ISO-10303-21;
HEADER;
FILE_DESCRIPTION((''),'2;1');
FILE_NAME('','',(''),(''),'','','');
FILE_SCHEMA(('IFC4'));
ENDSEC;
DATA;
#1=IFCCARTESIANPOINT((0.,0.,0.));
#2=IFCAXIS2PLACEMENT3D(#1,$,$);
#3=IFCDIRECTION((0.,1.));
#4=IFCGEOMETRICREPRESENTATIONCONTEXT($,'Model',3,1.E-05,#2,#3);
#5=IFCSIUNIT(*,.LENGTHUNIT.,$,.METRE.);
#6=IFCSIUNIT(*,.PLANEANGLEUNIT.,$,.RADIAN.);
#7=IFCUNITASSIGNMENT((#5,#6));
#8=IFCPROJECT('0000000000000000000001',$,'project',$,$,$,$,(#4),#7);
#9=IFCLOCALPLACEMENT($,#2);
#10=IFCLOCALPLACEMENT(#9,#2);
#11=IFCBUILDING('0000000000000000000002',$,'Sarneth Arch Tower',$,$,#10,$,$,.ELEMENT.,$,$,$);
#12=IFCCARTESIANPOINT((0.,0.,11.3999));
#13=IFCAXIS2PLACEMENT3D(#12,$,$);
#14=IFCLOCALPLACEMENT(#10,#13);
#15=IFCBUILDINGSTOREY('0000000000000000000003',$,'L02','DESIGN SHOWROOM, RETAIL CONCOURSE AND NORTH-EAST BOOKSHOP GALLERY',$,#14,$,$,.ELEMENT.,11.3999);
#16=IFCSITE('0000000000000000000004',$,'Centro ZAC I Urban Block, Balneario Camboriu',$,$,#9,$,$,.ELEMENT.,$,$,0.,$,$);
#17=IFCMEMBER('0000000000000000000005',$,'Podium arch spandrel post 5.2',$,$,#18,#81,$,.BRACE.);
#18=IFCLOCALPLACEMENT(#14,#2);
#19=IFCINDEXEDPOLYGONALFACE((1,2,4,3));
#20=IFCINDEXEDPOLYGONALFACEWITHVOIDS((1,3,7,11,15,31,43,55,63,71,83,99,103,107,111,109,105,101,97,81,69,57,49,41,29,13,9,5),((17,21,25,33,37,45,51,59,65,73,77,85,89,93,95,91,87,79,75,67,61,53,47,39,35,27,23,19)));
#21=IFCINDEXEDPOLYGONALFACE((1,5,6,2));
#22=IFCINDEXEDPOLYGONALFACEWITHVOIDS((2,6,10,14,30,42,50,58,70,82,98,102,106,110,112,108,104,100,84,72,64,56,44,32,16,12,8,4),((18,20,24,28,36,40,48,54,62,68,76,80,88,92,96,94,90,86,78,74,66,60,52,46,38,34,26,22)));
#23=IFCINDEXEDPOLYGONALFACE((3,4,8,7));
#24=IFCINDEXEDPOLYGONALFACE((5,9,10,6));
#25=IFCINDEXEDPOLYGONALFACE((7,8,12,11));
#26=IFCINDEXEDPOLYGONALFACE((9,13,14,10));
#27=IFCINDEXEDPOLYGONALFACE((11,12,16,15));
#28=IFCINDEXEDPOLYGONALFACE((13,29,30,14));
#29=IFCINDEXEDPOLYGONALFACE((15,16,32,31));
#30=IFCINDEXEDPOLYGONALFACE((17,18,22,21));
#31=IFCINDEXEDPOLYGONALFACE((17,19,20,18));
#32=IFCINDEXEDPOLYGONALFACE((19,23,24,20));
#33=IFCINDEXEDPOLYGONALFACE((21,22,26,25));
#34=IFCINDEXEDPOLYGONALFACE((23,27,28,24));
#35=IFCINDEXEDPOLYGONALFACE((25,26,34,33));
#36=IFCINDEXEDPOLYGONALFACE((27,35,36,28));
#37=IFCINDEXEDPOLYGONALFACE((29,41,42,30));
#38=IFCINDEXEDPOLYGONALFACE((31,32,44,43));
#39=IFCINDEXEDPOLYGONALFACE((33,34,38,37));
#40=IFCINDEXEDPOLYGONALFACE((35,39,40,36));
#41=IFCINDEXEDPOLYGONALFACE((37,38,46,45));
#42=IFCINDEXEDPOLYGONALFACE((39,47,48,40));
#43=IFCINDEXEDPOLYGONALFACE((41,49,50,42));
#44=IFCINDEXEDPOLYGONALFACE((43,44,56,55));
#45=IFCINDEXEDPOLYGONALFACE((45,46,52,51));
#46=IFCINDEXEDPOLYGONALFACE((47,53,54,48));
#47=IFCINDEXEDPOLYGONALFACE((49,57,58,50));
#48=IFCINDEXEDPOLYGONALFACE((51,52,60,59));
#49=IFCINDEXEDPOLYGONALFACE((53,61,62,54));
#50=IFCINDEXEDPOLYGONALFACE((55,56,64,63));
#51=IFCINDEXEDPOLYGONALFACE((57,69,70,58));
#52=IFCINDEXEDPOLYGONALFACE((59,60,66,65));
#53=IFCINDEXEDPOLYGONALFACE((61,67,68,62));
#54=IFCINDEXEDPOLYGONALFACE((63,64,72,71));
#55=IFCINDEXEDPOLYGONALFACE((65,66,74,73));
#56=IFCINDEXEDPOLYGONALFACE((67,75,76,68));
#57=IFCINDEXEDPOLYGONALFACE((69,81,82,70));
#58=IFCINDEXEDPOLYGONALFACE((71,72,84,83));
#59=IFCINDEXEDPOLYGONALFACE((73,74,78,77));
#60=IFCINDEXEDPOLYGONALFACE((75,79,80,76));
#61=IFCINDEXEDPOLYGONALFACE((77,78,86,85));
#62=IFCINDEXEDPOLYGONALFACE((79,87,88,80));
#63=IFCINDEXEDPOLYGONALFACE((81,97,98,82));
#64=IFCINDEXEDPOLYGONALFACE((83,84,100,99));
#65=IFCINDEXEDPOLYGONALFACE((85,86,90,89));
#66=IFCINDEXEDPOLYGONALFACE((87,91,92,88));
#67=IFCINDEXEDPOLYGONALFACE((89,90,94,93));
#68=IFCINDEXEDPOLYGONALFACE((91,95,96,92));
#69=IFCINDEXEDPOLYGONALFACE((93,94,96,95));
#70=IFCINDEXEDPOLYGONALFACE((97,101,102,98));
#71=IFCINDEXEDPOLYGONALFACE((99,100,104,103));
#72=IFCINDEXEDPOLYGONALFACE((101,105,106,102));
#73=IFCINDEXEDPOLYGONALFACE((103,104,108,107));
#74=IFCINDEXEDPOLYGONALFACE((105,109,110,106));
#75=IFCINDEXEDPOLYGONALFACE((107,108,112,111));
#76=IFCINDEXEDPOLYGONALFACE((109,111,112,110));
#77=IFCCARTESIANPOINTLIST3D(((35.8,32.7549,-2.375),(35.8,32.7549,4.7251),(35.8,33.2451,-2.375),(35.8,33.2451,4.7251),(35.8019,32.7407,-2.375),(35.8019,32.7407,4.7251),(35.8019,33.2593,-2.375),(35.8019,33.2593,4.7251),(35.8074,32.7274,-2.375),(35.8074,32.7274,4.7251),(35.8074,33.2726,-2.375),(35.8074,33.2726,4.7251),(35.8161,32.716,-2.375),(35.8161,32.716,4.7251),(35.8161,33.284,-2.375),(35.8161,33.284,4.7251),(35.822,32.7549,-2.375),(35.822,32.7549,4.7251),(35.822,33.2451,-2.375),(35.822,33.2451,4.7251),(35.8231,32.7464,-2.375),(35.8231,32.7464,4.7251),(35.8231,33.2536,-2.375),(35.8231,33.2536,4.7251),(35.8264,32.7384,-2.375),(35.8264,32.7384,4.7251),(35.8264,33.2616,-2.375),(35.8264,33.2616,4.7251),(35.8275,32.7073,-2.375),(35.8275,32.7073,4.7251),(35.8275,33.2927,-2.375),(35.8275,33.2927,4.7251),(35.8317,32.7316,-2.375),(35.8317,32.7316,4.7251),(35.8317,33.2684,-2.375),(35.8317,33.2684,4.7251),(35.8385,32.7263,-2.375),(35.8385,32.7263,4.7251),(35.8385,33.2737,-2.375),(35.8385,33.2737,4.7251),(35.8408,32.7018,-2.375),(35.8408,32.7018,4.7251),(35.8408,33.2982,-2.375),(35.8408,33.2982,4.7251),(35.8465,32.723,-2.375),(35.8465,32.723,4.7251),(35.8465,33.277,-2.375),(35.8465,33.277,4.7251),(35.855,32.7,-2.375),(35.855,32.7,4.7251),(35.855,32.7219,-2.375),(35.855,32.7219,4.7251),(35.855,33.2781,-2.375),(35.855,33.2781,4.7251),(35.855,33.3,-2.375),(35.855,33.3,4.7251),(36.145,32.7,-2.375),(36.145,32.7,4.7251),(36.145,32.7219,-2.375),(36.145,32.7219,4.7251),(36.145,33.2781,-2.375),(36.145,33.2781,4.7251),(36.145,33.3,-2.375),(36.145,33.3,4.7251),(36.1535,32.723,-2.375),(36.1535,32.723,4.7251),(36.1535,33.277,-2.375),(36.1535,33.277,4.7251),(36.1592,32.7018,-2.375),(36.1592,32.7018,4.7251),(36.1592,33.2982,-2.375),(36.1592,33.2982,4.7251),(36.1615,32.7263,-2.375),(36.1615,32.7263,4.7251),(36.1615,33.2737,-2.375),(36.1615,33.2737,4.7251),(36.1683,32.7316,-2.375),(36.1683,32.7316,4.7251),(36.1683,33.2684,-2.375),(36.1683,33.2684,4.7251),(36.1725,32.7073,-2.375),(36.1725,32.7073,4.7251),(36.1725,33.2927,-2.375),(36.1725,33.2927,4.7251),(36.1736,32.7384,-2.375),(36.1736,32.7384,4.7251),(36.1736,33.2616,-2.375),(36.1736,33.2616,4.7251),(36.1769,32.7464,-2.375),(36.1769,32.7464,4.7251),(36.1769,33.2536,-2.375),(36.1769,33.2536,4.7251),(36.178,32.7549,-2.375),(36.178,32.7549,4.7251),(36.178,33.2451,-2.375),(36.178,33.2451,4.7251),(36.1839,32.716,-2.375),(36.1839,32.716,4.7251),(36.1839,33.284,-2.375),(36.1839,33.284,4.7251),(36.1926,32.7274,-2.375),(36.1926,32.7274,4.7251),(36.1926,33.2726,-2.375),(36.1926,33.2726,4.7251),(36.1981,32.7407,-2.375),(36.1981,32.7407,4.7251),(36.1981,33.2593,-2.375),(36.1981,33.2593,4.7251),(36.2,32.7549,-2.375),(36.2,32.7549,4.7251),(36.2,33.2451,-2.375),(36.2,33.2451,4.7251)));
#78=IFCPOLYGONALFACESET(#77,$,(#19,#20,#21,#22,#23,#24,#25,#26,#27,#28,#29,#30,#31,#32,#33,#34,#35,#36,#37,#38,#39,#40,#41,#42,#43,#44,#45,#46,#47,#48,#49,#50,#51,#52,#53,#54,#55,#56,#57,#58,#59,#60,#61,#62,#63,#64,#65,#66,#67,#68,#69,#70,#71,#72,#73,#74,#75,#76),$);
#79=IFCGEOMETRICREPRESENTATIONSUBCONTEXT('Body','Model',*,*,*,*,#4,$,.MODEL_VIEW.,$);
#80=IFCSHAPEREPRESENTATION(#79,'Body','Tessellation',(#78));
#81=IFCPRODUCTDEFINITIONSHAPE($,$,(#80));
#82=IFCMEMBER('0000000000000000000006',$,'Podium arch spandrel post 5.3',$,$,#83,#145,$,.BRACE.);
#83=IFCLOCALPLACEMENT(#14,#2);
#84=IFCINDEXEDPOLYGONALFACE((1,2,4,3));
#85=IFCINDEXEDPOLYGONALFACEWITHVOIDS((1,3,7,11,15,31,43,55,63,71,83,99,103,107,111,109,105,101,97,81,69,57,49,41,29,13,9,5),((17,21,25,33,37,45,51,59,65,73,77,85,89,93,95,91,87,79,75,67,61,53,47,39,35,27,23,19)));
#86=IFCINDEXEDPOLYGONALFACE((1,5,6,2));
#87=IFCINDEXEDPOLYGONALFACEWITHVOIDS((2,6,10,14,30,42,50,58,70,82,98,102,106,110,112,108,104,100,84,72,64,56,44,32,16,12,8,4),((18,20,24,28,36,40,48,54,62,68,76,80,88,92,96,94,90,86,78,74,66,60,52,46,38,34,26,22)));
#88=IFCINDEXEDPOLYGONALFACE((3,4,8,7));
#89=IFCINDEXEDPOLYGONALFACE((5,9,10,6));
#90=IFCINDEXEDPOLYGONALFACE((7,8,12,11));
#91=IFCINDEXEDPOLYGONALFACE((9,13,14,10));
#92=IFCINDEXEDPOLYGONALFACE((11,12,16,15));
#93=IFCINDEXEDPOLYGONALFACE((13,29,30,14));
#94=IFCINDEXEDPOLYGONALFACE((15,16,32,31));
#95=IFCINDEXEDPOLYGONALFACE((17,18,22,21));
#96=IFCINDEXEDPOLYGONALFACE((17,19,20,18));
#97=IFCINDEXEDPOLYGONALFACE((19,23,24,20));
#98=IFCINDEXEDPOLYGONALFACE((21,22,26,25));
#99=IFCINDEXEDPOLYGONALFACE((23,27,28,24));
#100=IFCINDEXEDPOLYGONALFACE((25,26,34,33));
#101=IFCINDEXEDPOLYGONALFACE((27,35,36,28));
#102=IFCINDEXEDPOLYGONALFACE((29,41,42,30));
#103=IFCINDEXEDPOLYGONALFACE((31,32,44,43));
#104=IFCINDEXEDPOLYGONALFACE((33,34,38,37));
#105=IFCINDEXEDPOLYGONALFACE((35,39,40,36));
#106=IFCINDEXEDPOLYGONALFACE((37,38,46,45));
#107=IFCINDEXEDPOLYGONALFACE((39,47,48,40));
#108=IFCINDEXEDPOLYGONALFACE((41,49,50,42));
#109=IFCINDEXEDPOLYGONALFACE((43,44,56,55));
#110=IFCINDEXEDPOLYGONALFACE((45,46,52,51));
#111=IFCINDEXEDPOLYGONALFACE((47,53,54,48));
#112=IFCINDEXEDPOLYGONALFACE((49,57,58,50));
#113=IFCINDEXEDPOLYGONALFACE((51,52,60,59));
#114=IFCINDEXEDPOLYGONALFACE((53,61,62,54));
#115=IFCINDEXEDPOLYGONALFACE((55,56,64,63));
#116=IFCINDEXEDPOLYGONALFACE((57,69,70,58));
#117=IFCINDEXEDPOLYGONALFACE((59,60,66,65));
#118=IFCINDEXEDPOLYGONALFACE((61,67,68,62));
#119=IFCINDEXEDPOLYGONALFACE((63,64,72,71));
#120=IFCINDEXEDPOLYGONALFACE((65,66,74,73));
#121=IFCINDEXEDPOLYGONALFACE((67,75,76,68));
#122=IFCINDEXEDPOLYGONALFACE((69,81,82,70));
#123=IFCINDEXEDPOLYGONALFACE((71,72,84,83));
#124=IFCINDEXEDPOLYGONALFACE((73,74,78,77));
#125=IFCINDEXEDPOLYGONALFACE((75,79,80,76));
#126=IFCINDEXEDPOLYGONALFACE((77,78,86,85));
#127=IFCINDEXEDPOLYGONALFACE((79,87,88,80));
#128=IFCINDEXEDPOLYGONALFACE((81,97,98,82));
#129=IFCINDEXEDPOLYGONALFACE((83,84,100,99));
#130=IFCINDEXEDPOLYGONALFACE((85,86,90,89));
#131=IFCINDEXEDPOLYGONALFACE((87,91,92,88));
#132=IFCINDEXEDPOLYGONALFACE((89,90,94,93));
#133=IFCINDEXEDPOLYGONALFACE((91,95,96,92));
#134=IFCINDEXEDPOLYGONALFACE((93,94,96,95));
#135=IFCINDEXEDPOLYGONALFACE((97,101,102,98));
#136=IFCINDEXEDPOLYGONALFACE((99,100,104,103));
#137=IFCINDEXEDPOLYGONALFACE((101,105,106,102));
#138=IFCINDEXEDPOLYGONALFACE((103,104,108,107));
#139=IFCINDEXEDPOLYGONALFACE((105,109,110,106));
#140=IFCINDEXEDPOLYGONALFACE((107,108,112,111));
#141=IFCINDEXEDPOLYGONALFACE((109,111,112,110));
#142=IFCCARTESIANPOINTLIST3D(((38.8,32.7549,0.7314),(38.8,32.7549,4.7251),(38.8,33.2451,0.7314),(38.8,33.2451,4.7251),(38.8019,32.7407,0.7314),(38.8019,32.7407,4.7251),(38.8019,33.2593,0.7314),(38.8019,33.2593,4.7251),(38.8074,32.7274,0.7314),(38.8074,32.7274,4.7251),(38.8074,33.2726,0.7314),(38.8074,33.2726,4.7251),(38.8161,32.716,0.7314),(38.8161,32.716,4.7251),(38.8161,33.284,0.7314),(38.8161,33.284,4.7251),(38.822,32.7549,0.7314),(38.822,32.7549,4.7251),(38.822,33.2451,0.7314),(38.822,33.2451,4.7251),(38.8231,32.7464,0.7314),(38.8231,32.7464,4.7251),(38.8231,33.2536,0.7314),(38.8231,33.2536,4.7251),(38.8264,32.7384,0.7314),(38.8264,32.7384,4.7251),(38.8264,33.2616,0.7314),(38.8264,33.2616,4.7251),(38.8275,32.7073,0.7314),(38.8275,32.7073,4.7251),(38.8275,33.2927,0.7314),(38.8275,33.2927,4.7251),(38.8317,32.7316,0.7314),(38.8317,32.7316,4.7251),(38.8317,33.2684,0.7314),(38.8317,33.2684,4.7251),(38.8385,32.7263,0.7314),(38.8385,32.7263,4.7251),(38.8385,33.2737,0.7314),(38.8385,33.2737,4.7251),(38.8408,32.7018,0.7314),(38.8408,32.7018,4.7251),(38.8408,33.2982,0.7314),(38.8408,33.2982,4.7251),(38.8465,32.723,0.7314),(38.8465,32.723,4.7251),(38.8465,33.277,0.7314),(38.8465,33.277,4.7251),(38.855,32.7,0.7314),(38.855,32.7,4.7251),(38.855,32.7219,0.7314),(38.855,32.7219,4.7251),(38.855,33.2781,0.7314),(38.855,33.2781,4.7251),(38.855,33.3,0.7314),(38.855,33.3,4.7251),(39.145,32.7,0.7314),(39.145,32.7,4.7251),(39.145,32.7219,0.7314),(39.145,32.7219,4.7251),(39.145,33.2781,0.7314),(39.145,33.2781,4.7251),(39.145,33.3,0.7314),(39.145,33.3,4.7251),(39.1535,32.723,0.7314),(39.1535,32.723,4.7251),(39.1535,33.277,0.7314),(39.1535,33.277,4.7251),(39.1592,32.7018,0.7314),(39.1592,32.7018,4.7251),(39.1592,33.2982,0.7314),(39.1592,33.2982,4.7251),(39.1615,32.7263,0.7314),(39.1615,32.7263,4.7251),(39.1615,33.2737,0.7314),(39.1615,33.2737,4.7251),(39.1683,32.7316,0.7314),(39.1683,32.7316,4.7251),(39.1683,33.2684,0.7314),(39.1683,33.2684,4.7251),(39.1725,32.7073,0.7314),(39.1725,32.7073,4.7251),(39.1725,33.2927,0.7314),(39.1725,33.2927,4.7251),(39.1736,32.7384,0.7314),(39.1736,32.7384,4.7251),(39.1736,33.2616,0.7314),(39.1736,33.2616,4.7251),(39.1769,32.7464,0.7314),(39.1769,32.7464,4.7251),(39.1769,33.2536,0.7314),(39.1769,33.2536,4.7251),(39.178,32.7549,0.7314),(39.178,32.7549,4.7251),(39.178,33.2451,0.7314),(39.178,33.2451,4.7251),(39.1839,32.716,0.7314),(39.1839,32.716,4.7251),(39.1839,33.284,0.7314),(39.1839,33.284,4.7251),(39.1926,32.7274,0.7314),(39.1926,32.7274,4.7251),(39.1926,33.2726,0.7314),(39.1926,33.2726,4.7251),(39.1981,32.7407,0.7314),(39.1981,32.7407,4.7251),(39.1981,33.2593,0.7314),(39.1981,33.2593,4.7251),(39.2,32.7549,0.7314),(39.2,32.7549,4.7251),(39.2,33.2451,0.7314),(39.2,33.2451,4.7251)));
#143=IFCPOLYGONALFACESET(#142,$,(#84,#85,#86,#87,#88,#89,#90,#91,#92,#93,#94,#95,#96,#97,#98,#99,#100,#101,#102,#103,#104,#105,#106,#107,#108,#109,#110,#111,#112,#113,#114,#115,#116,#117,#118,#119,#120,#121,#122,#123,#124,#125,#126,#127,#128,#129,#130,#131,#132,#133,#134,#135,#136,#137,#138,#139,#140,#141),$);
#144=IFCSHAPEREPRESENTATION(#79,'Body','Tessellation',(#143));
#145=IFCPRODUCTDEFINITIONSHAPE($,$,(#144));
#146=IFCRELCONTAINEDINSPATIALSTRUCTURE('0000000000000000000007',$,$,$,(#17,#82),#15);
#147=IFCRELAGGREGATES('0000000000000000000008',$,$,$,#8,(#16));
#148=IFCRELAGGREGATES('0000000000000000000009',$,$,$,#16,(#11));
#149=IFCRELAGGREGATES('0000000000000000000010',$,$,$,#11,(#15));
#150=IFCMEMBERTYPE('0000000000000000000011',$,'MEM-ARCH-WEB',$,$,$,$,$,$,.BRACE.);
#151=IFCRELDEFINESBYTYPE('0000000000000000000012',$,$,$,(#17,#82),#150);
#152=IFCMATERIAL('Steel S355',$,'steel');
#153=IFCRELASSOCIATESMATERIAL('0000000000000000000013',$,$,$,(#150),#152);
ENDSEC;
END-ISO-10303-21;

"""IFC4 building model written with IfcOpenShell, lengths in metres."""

from ifc_helpers import new_model, si_unit, direction, frame, origin, origin_2d, place, context, subcontext, project, spatial, hollow_rectangle, extrude, material, material_profile, profile_set, type_object, element, save


model = new_model("IFC4")

# Units and contexts
model_context = context("Model", 3, precision=1e-05, world=origin(), true_north=direction((0.0, 1.0)))
body_context = subcontext(model_context, "Body", "Model", "MODEL_VIEW")
ifc_project = project(units=[si_unit("LENGTHUNIT", "METRE"), si_unit("PLANEANGLEUNIT", "RADIAN")], contexts=[model_context])

# Site, building, storey
site_placement = place(None, origin())
site = spatial("IfcSite", under=ifc_project, at=site_placement, Name="Centro ZAC I Urban Block, Balneario Camboriu", CompositionType="ELEMENT", RefElevation=0.0)
building_placement = place(site_placement, origin())
building = spatial("IfcBuilding", under=site, at=building_placement, Name="Sarneth Arch Tower", CompositionType="ELEMENT")
storey_placement = place(building_placement, frame((0.0, 0.0, 11.3999)))
storey = spatial("IfcBuildingStorey", under=building, at=storey_placement, Name="L02", Description="DESIGN SHOWROOM, RETAIL CONCOURSE AND NORTH-EAST BOOKSHOP GALLERY", CompositionType="ELEMENT", Elevation=11.3999)

# Members
ifc_material_1 = material(Name="Steel S355", Category="steel")
ifc_material_profile_1 = material_profile(ifc_material_1, hollow_rectangle(XDim=0.3999, YDim=0.6001, WallThickness=0.022, InnerFilletRadius=0.033, OuterFilletRadius=0.0549, at=origin_2d()), Name="RHS600x400x22")
ifc_profile_set_1 = profile_set([ifc_material_profile_1], Name="Steel S355")
member_type_1 = type_object("IfcMemberType", Name="MEM-ARCH-WEB", PredefinedType="BRACE", material=ifc_profile_set_1)
member_1_placement = place(storey_placement, frame((36.0, 33.0, -2.375), z_axis=(0.0, 0.0, 1.0), x_axis=(1.0, 0.0, 0.0)))
element("IfcMember", 1, at=member_1_placement, inside=storey, type_object=member_type_1, Name="Podium arch spandrel post 5.2", PredefinedType="BRACE", context=body_context, shape_type="SweptSolid", body=[
    extrude(hollow_rectangle(XDim=0.3999, YDim=0.6001, WallThickness=0.022, InnerFilletRadius=0.033, OuterFilletRadius=0.0549, at=origin_2d()), origin(), (0.0, 0.0, 1.0), 7.1001),
])
member_2_placement = place(storey_placement, frame((39.0, 33.0, 0.7314), z_axis=(0.0, 0.0, 1.0), x_axis=(1.0, 0.0, 0.0)))
element("IfcMember", 2, at=member_2_placement, inside=storey, type_object=member_type_1, Name="Podium arch spandrel post 5.3", PredefinedType="BRACE", context=body_context, shape_type="SweptSolid", body=[
    extrude(hollow_rectangle(XDim=0.3999, YDim=0.6001, WallThickness=0.022, InnerFilletRadius=0.033, OuterFilletRadius=0.0549, at=origin_2d()), origin(), (0.0, 0.0, 1.0), 3.9937),
])

save(model, "model.ifc")
